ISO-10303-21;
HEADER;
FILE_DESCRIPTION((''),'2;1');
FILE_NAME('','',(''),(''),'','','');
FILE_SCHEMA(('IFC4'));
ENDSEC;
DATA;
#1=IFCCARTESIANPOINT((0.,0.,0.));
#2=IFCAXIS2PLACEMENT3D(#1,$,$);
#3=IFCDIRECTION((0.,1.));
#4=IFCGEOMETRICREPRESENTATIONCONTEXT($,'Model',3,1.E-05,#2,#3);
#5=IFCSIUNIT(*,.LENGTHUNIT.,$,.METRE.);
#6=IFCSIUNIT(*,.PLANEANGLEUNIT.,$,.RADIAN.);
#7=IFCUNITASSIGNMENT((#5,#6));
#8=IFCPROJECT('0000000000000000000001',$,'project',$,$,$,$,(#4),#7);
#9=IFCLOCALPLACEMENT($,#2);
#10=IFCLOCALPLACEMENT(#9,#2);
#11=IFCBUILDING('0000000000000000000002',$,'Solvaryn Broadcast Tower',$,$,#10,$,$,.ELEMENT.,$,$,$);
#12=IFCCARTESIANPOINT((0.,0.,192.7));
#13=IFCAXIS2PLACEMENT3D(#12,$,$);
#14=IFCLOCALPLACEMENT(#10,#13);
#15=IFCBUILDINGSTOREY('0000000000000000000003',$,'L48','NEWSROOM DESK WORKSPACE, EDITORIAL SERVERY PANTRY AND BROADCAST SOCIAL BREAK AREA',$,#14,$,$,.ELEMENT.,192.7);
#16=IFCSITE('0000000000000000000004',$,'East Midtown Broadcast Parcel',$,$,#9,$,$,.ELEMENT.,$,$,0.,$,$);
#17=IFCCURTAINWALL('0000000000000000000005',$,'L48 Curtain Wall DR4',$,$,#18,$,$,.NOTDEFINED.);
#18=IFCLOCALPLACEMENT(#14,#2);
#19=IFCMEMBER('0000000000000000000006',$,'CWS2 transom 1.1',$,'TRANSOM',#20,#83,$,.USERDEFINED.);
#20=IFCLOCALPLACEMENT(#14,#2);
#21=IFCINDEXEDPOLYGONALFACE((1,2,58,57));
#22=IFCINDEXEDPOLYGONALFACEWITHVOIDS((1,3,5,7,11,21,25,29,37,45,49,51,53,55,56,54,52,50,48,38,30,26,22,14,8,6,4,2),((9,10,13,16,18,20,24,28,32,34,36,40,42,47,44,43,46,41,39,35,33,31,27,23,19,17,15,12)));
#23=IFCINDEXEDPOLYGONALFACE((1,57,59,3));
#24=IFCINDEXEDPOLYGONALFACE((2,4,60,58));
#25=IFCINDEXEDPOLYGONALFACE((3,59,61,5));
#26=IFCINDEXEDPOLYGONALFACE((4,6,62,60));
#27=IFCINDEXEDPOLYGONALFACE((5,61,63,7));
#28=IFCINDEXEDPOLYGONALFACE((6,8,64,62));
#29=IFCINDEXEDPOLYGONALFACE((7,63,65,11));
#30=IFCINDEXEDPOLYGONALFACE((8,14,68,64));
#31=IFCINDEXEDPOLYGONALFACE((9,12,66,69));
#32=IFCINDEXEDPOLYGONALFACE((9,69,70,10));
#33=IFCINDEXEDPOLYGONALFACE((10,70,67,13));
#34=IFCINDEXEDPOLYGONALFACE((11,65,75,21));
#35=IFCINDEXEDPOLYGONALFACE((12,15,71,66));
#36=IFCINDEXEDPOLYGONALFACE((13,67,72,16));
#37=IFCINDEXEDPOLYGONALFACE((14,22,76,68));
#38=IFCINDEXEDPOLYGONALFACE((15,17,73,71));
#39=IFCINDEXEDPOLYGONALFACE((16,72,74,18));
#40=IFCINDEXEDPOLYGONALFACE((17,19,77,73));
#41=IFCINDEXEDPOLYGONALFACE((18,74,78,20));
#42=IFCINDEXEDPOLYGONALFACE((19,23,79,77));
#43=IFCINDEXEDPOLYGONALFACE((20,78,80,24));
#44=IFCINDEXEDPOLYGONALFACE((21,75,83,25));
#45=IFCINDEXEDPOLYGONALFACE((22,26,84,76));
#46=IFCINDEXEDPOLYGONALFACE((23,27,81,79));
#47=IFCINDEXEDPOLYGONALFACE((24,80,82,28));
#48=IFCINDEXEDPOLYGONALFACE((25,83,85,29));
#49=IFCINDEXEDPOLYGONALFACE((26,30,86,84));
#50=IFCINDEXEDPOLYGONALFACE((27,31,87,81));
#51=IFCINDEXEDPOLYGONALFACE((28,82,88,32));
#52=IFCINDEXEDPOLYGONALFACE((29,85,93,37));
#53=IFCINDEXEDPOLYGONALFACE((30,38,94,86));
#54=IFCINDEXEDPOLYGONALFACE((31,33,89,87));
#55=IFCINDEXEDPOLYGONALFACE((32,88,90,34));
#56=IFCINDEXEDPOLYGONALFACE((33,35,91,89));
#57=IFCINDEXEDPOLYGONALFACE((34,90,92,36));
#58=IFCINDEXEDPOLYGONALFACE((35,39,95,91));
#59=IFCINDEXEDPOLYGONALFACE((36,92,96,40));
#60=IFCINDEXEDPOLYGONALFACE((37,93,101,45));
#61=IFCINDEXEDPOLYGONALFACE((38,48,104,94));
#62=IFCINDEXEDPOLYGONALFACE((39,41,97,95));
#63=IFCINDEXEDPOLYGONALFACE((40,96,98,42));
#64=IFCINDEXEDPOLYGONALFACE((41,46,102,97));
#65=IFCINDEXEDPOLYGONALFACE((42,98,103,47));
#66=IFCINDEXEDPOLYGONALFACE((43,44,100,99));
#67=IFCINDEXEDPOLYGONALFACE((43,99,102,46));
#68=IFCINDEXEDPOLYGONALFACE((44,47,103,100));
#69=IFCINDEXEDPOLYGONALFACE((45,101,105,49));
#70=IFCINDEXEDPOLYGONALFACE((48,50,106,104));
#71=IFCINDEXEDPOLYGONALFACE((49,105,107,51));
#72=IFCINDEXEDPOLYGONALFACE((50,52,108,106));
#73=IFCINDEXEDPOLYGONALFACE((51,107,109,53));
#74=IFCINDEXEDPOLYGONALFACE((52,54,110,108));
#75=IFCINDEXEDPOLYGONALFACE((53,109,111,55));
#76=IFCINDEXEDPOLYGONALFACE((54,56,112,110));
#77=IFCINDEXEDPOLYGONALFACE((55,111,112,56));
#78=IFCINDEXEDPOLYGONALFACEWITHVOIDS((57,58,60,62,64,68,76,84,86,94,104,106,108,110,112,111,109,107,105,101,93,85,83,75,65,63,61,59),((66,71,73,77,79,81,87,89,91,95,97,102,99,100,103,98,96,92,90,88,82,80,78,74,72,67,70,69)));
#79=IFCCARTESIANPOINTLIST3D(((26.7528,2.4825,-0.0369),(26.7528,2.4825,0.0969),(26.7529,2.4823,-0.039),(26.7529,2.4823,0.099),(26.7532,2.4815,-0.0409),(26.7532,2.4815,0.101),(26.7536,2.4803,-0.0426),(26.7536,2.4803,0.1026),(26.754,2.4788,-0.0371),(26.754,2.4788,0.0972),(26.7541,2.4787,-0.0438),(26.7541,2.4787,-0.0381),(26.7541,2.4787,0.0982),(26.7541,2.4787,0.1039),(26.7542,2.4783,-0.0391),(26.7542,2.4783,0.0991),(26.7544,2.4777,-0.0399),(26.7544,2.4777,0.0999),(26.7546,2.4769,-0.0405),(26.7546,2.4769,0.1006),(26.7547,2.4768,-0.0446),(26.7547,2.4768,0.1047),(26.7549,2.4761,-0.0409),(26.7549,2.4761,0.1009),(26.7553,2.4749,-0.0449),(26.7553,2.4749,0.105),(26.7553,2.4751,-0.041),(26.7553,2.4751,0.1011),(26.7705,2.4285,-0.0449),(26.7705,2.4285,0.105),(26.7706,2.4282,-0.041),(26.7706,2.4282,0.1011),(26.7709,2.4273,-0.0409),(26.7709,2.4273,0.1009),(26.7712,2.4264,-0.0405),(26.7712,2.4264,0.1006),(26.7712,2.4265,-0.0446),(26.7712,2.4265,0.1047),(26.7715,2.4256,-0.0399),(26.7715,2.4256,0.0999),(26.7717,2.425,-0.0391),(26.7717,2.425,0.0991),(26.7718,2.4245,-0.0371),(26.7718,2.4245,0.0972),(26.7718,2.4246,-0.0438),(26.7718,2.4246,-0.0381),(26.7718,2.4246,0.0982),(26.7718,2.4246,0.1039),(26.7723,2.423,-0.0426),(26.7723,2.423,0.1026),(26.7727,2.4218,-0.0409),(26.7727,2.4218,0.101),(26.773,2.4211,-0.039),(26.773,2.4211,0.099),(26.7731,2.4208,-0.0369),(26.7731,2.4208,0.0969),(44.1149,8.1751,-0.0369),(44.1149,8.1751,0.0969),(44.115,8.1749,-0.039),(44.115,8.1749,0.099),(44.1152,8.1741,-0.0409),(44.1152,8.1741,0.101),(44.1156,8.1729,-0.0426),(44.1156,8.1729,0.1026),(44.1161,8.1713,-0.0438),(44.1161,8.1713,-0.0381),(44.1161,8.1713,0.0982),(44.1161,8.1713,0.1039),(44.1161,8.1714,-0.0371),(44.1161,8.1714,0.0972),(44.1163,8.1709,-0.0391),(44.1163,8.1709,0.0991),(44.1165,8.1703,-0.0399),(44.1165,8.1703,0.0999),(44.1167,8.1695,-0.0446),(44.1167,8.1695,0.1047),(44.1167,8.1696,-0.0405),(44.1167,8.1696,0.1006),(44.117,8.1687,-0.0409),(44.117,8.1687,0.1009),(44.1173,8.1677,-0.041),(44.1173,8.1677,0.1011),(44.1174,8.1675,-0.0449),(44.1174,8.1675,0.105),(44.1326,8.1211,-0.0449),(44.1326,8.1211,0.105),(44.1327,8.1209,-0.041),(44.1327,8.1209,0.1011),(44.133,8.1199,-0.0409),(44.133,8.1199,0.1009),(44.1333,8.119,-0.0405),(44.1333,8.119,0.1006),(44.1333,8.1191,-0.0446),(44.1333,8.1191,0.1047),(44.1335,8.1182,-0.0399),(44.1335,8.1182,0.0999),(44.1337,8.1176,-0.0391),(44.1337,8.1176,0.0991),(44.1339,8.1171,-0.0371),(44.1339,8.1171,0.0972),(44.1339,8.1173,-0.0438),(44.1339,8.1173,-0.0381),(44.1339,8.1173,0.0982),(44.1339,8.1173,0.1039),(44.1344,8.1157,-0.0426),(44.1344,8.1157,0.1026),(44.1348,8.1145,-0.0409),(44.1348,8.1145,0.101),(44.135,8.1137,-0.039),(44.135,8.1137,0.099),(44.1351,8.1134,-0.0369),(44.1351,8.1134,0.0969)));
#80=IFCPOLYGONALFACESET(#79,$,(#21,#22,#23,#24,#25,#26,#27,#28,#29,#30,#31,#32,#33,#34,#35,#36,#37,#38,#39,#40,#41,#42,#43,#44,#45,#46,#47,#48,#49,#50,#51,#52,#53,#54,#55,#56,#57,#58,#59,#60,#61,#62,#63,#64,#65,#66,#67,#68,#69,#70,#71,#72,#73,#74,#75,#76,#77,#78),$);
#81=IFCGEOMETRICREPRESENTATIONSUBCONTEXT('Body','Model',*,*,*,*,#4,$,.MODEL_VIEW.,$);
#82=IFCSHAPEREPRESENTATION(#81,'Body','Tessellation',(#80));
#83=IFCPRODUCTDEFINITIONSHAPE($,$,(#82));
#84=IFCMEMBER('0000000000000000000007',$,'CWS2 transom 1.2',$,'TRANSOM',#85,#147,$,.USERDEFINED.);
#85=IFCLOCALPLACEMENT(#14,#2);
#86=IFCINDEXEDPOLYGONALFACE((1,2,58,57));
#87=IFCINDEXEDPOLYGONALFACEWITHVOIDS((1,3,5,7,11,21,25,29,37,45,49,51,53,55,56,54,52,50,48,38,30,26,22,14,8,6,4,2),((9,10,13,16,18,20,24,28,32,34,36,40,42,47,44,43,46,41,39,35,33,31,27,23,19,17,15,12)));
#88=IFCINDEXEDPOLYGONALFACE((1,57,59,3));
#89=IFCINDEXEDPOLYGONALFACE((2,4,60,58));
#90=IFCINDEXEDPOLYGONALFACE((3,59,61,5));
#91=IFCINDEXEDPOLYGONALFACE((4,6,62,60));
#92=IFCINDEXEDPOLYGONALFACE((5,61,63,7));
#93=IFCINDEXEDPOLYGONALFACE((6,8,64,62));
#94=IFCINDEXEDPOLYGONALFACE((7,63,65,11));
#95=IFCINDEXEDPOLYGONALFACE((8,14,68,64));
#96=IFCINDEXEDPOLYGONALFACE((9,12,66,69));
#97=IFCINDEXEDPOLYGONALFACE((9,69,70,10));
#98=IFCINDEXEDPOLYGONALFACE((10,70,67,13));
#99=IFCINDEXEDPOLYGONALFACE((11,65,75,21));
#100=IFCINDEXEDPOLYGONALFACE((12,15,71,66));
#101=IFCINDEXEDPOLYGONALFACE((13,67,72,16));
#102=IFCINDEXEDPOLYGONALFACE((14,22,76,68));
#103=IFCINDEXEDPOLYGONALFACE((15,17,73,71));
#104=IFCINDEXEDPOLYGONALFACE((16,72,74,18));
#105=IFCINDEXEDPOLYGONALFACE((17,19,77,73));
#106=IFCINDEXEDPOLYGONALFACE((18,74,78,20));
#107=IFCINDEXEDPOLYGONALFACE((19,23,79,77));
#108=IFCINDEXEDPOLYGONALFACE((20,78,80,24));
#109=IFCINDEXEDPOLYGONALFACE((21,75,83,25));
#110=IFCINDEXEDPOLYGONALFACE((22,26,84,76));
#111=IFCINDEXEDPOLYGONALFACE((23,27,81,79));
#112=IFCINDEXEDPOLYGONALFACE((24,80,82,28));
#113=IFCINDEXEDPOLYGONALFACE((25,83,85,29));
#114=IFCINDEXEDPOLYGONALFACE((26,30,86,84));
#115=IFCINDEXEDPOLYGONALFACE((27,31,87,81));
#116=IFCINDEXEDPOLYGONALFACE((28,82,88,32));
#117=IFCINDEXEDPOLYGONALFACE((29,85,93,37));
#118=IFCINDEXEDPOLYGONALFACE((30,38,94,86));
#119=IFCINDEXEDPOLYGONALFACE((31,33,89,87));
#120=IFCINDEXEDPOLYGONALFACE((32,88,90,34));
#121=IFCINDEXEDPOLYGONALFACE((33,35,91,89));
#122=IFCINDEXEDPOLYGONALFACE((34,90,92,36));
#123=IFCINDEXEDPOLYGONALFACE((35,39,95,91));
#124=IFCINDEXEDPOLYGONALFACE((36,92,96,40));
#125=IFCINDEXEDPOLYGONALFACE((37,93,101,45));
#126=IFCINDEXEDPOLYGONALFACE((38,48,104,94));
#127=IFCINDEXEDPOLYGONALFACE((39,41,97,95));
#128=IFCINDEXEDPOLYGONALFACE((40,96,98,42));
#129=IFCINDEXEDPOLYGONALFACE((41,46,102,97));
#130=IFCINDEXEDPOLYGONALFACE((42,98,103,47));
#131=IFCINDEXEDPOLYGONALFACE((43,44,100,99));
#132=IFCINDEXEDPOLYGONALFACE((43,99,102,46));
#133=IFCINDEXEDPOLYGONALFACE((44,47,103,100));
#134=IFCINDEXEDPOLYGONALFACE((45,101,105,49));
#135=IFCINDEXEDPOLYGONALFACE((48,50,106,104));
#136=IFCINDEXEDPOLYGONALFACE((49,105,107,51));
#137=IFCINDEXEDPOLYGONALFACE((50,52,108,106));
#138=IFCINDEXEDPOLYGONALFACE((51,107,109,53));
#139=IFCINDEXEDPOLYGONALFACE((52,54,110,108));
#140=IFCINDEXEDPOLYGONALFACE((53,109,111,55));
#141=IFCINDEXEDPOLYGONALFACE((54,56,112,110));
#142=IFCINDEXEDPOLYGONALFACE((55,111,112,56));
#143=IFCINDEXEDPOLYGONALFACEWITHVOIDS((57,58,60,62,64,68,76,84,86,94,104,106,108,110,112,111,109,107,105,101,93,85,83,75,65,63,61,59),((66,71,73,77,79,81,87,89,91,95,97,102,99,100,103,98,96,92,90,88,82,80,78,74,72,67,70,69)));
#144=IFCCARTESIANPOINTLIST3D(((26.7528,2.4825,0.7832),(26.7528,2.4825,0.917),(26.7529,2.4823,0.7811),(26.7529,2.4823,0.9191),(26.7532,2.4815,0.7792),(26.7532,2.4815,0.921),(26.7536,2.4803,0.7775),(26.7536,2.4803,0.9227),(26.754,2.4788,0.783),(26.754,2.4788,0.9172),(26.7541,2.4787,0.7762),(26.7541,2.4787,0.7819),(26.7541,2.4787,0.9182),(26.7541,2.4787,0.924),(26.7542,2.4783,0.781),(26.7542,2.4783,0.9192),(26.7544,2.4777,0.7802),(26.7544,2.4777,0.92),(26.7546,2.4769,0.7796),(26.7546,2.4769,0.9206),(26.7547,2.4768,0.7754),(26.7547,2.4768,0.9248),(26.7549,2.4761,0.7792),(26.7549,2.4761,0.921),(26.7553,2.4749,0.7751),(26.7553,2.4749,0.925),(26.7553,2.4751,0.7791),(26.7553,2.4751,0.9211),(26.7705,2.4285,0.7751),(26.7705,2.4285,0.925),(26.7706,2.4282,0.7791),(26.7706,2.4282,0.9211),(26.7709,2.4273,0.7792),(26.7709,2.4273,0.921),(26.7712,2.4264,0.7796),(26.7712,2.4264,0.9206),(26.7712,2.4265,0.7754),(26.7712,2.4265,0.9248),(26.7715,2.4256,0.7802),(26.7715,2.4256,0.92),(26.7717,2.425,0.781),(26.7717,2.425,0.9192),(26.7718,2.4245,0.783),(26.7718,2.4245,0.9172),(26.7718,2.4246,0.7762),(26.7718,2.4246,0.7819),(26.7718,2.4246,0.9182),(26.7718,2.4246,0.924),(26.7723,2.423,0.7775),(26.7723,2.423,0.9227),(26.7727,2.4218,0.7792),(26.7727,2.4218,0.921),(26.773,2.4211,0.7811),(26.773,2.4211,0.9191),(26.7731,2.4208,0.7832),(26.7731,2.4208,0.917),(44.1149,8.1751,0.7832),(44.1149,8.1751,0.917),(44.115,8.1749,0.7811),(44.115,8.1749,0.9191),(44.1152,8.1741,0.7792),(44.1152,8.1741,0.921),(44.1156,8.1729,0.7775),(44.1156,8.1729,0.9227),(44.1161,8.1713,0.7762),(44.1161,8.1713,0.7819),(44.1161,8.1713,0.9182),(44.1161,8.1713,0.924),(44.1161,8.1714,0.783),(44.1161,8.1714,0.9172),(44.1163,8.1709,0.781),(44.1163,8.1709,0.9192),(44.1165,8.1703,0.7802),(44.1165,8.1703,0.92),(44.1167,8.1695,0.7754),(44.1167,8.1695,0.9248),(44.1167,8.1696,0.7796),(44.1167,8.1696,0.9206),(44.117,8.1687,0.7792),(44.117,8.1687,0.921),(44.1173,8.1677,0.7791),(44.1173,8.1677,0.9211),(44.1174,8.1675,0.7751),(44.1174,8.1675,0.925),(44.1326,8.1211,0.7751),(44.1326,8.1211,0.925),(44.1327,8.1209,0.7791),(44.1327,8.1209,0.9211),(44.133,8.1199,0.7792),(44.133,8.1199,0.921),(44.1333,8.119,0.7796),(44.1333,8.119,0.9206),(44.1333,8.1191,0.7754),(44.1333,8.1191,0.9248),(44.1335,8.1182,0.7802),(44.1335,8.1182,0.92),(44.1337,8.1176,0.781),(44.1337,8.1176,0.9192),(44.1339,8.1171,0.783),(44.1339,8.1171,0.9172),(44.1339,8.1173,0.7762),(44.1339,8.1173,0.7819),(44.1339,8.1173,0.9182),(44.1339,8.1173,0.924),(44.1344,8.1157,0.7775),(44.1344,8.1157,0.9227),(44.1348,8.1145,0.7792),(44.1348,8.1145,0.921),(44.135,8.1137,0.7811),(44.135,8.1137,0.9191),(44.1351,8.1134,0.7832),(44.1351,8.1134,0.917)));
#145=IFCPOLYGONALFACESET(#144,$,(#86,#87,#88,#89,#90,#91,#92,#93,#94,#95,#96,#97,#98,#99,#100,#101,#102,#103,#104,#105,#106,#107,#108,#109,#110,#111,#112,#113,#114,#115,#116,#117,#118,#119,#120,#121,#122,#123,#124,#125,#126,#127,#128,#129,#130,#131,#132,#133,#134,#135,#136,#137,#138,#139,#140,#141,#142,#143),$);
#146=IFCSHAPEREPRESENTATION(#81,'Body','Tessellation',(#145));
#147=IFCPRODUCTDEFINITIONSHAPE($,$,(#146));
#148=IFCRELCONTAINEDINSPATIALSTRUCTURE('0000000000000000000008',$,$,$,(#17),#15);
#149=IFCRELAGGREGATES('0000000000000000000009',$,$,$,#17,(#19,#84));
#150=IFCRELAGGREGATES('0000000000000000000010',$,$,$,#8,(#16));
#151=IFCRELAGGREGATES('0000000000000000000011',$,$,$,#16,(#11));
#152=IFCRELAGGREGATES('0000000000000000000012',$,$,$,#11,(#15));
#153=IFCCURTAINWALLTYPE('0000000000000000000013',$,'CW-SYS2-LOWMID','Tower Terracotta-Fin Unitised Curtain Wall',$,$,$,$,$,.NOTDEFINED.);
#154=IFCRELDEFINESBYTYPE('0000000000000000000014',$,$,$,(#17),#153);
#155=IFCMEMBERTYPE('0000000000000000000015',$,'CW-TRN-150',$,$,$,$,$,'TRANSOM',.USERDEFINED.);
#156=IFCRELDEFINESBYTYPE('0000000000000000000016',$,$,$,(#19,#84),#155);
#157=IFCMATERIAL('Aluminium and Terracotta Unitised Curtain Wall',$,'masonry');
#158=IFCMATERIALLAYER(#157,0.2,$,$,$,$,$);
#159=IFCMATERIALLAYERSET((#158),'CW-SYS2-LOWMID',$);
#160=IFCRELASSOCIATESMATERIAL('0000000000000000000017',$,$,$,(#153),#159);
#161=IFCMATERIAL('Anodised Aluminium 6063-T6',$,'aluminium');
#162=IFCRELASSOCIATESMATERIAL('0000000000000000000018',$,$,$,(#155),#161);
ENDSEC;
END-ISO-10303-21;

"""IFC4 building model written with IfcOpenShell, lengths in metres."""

from ifc_helpers import new_model, si_unit, direction, frame, origin, origin_2d, place, context, subcontext, project, spatial, hollow_rectangle, extrude, material, layer, layer_set, material_profile, profile_set, type_object, element, aggregate, save


model = new_model("IFC4")

# Units and contexts
model_context = context("Model", 3, precision=1e-05, world=origin(), true_north=direction((0.0, 1.0)))
body_context = subcontext(model_context, "Body", "Model", "MODEL_VIEW")
ifc_project = project(units=[si_unit("LENGTHUNIT", "METRE"), si_unit("PLANEANGLEUNIT", "RADIAN")], contexts=[model_context])

# Site, building, storey
site_placement = place(None, origin())
site = spatial("IfcSite", under=ifc_project, at=site_placement, Name="East Midtown Broadcast Parcel", CompositionType="ELEMENT", RefElevation=0.0)
building_placement = place(site_placement, origin())
building = spatial("IfcBuilding", under=site, at=building_placement, Name="Solvaryn Broadcast Tower", CompositionType="ELEMENT")
storey_placement = place(building_placement, frame((0.0, 0.0, 192.7)))
storey = spatial("IfcBuildingStorey", under=building, at=storey_placement, Name="L48", Description="NEWSROOM DESK WORKSPACE, EDITORIAL SERVERY PANTRY AND BROADCAST SOCIAL BREAK AREA", CompositionType="ELEMENT", Elevation=192.7)

# Shared definitions
ifc_material_1 = material(Name="Aluminium and Terracotta Unitised Curtain Wall", Category="masonry")
ifc_layer_1 = layer(ifc_material_1, 0.2)
ifc_layer_set_1 = layer_set([ifc_layer_1], Name="CW-SYS2-LOWMID")
curtain_wall_type = type_object("IfcCurtainWallType", Name="CW-SYS2-LOWMID", Description="Tower Terracotta-Fin Unitised Curtain Wall", PredefinedType="NOTDEFINED", material=ifc_layer_set_1)

# Curtain wall, members
curtain_wall_1_placement = place(storey_placement, origin())
curtain_wall_1 = element("IfcCurtainWall", 1, at=curtain_wall_1_placement, inside=storey, type_object=curtain_wall_type, Name="L48 Curtain Wall DR4", PredefinedType="NOTDEFINED")
ifc_material_2 = material(Name="Anodised Aluminium 6063-T6", Category="aluminium")
ifc_material_profile_1 = material_profile(ifc_material_2, hollow_rectangle(XDim=0.0649, YDim=0.1499, WallThickness=0.0039, InnerFilletRadius=0.0039, OuterFilletRadius=0.0081, at=origin_2d()))
ifc_profile_set_1 = profile_set([ifc_material_profile_1], Name="Anodised Aluminium 6063-T6")
member_type_1 = type_object("IfcMemberType", Name="CW-TRN-150", ElementType="TRANSOM", PredefinedType="USERDEFINED", material=ifc_profile_set_1)
member_1_placement = place(storey_placement, frame((26.7629, 2.4517, 0.03), z_axis=(0.950227, 0.311558, 0.0), x_axis=(-0.311558, 0.950227, 0.0)))
member_1 = element("IfcMember", 2, at=member_1_placement, type_object=member_type_1, Name="CWS2 transom 1.1", ObjectType="TRANSOM", PredefinedType="USERDEFINED", context=body_context, shape_type="SweptSolid", body=[
    extrude(hollow_rectangle(XDim=0.0649, YDim=0.1499, WallThickness=0.0039, InnerFilletRadius=0.0039, OuterFilletRadius=0.0081, at=origin_2d()), origin(), (0.0, 0.0, 1.0), 18.2715),
])
member_2_placement = place(storey_placement, frame((26.7629, 2.4517, 0.8501), z_axis=(0.950227, 0.311558, 0.0), x_axis=(-0.311558, 0.950227, 0.0)))
member_2 = element("IfcMember", 3, at=member_2_placement, type_object=member_type_1, Name="CWS2 transom 1.2", ObjectType="TRANSOM", PredefinedType="USERDEFINED", context=body_context, shape_type="SweptSolid", body=[
    extrude(hollow_rectangle(XDim=0.0649, YDim=0.1499, WallThickness=0.0039, InnerFilletRadius=0.0039, OuterFilletRadius=0.0081, at=origin_2d()), origin(), (0.0, 0.0, 1.0), 18.2715),
])
aggregate(curtain_wall_1, [member_1, member_2])

save(model, "model.ifc")
